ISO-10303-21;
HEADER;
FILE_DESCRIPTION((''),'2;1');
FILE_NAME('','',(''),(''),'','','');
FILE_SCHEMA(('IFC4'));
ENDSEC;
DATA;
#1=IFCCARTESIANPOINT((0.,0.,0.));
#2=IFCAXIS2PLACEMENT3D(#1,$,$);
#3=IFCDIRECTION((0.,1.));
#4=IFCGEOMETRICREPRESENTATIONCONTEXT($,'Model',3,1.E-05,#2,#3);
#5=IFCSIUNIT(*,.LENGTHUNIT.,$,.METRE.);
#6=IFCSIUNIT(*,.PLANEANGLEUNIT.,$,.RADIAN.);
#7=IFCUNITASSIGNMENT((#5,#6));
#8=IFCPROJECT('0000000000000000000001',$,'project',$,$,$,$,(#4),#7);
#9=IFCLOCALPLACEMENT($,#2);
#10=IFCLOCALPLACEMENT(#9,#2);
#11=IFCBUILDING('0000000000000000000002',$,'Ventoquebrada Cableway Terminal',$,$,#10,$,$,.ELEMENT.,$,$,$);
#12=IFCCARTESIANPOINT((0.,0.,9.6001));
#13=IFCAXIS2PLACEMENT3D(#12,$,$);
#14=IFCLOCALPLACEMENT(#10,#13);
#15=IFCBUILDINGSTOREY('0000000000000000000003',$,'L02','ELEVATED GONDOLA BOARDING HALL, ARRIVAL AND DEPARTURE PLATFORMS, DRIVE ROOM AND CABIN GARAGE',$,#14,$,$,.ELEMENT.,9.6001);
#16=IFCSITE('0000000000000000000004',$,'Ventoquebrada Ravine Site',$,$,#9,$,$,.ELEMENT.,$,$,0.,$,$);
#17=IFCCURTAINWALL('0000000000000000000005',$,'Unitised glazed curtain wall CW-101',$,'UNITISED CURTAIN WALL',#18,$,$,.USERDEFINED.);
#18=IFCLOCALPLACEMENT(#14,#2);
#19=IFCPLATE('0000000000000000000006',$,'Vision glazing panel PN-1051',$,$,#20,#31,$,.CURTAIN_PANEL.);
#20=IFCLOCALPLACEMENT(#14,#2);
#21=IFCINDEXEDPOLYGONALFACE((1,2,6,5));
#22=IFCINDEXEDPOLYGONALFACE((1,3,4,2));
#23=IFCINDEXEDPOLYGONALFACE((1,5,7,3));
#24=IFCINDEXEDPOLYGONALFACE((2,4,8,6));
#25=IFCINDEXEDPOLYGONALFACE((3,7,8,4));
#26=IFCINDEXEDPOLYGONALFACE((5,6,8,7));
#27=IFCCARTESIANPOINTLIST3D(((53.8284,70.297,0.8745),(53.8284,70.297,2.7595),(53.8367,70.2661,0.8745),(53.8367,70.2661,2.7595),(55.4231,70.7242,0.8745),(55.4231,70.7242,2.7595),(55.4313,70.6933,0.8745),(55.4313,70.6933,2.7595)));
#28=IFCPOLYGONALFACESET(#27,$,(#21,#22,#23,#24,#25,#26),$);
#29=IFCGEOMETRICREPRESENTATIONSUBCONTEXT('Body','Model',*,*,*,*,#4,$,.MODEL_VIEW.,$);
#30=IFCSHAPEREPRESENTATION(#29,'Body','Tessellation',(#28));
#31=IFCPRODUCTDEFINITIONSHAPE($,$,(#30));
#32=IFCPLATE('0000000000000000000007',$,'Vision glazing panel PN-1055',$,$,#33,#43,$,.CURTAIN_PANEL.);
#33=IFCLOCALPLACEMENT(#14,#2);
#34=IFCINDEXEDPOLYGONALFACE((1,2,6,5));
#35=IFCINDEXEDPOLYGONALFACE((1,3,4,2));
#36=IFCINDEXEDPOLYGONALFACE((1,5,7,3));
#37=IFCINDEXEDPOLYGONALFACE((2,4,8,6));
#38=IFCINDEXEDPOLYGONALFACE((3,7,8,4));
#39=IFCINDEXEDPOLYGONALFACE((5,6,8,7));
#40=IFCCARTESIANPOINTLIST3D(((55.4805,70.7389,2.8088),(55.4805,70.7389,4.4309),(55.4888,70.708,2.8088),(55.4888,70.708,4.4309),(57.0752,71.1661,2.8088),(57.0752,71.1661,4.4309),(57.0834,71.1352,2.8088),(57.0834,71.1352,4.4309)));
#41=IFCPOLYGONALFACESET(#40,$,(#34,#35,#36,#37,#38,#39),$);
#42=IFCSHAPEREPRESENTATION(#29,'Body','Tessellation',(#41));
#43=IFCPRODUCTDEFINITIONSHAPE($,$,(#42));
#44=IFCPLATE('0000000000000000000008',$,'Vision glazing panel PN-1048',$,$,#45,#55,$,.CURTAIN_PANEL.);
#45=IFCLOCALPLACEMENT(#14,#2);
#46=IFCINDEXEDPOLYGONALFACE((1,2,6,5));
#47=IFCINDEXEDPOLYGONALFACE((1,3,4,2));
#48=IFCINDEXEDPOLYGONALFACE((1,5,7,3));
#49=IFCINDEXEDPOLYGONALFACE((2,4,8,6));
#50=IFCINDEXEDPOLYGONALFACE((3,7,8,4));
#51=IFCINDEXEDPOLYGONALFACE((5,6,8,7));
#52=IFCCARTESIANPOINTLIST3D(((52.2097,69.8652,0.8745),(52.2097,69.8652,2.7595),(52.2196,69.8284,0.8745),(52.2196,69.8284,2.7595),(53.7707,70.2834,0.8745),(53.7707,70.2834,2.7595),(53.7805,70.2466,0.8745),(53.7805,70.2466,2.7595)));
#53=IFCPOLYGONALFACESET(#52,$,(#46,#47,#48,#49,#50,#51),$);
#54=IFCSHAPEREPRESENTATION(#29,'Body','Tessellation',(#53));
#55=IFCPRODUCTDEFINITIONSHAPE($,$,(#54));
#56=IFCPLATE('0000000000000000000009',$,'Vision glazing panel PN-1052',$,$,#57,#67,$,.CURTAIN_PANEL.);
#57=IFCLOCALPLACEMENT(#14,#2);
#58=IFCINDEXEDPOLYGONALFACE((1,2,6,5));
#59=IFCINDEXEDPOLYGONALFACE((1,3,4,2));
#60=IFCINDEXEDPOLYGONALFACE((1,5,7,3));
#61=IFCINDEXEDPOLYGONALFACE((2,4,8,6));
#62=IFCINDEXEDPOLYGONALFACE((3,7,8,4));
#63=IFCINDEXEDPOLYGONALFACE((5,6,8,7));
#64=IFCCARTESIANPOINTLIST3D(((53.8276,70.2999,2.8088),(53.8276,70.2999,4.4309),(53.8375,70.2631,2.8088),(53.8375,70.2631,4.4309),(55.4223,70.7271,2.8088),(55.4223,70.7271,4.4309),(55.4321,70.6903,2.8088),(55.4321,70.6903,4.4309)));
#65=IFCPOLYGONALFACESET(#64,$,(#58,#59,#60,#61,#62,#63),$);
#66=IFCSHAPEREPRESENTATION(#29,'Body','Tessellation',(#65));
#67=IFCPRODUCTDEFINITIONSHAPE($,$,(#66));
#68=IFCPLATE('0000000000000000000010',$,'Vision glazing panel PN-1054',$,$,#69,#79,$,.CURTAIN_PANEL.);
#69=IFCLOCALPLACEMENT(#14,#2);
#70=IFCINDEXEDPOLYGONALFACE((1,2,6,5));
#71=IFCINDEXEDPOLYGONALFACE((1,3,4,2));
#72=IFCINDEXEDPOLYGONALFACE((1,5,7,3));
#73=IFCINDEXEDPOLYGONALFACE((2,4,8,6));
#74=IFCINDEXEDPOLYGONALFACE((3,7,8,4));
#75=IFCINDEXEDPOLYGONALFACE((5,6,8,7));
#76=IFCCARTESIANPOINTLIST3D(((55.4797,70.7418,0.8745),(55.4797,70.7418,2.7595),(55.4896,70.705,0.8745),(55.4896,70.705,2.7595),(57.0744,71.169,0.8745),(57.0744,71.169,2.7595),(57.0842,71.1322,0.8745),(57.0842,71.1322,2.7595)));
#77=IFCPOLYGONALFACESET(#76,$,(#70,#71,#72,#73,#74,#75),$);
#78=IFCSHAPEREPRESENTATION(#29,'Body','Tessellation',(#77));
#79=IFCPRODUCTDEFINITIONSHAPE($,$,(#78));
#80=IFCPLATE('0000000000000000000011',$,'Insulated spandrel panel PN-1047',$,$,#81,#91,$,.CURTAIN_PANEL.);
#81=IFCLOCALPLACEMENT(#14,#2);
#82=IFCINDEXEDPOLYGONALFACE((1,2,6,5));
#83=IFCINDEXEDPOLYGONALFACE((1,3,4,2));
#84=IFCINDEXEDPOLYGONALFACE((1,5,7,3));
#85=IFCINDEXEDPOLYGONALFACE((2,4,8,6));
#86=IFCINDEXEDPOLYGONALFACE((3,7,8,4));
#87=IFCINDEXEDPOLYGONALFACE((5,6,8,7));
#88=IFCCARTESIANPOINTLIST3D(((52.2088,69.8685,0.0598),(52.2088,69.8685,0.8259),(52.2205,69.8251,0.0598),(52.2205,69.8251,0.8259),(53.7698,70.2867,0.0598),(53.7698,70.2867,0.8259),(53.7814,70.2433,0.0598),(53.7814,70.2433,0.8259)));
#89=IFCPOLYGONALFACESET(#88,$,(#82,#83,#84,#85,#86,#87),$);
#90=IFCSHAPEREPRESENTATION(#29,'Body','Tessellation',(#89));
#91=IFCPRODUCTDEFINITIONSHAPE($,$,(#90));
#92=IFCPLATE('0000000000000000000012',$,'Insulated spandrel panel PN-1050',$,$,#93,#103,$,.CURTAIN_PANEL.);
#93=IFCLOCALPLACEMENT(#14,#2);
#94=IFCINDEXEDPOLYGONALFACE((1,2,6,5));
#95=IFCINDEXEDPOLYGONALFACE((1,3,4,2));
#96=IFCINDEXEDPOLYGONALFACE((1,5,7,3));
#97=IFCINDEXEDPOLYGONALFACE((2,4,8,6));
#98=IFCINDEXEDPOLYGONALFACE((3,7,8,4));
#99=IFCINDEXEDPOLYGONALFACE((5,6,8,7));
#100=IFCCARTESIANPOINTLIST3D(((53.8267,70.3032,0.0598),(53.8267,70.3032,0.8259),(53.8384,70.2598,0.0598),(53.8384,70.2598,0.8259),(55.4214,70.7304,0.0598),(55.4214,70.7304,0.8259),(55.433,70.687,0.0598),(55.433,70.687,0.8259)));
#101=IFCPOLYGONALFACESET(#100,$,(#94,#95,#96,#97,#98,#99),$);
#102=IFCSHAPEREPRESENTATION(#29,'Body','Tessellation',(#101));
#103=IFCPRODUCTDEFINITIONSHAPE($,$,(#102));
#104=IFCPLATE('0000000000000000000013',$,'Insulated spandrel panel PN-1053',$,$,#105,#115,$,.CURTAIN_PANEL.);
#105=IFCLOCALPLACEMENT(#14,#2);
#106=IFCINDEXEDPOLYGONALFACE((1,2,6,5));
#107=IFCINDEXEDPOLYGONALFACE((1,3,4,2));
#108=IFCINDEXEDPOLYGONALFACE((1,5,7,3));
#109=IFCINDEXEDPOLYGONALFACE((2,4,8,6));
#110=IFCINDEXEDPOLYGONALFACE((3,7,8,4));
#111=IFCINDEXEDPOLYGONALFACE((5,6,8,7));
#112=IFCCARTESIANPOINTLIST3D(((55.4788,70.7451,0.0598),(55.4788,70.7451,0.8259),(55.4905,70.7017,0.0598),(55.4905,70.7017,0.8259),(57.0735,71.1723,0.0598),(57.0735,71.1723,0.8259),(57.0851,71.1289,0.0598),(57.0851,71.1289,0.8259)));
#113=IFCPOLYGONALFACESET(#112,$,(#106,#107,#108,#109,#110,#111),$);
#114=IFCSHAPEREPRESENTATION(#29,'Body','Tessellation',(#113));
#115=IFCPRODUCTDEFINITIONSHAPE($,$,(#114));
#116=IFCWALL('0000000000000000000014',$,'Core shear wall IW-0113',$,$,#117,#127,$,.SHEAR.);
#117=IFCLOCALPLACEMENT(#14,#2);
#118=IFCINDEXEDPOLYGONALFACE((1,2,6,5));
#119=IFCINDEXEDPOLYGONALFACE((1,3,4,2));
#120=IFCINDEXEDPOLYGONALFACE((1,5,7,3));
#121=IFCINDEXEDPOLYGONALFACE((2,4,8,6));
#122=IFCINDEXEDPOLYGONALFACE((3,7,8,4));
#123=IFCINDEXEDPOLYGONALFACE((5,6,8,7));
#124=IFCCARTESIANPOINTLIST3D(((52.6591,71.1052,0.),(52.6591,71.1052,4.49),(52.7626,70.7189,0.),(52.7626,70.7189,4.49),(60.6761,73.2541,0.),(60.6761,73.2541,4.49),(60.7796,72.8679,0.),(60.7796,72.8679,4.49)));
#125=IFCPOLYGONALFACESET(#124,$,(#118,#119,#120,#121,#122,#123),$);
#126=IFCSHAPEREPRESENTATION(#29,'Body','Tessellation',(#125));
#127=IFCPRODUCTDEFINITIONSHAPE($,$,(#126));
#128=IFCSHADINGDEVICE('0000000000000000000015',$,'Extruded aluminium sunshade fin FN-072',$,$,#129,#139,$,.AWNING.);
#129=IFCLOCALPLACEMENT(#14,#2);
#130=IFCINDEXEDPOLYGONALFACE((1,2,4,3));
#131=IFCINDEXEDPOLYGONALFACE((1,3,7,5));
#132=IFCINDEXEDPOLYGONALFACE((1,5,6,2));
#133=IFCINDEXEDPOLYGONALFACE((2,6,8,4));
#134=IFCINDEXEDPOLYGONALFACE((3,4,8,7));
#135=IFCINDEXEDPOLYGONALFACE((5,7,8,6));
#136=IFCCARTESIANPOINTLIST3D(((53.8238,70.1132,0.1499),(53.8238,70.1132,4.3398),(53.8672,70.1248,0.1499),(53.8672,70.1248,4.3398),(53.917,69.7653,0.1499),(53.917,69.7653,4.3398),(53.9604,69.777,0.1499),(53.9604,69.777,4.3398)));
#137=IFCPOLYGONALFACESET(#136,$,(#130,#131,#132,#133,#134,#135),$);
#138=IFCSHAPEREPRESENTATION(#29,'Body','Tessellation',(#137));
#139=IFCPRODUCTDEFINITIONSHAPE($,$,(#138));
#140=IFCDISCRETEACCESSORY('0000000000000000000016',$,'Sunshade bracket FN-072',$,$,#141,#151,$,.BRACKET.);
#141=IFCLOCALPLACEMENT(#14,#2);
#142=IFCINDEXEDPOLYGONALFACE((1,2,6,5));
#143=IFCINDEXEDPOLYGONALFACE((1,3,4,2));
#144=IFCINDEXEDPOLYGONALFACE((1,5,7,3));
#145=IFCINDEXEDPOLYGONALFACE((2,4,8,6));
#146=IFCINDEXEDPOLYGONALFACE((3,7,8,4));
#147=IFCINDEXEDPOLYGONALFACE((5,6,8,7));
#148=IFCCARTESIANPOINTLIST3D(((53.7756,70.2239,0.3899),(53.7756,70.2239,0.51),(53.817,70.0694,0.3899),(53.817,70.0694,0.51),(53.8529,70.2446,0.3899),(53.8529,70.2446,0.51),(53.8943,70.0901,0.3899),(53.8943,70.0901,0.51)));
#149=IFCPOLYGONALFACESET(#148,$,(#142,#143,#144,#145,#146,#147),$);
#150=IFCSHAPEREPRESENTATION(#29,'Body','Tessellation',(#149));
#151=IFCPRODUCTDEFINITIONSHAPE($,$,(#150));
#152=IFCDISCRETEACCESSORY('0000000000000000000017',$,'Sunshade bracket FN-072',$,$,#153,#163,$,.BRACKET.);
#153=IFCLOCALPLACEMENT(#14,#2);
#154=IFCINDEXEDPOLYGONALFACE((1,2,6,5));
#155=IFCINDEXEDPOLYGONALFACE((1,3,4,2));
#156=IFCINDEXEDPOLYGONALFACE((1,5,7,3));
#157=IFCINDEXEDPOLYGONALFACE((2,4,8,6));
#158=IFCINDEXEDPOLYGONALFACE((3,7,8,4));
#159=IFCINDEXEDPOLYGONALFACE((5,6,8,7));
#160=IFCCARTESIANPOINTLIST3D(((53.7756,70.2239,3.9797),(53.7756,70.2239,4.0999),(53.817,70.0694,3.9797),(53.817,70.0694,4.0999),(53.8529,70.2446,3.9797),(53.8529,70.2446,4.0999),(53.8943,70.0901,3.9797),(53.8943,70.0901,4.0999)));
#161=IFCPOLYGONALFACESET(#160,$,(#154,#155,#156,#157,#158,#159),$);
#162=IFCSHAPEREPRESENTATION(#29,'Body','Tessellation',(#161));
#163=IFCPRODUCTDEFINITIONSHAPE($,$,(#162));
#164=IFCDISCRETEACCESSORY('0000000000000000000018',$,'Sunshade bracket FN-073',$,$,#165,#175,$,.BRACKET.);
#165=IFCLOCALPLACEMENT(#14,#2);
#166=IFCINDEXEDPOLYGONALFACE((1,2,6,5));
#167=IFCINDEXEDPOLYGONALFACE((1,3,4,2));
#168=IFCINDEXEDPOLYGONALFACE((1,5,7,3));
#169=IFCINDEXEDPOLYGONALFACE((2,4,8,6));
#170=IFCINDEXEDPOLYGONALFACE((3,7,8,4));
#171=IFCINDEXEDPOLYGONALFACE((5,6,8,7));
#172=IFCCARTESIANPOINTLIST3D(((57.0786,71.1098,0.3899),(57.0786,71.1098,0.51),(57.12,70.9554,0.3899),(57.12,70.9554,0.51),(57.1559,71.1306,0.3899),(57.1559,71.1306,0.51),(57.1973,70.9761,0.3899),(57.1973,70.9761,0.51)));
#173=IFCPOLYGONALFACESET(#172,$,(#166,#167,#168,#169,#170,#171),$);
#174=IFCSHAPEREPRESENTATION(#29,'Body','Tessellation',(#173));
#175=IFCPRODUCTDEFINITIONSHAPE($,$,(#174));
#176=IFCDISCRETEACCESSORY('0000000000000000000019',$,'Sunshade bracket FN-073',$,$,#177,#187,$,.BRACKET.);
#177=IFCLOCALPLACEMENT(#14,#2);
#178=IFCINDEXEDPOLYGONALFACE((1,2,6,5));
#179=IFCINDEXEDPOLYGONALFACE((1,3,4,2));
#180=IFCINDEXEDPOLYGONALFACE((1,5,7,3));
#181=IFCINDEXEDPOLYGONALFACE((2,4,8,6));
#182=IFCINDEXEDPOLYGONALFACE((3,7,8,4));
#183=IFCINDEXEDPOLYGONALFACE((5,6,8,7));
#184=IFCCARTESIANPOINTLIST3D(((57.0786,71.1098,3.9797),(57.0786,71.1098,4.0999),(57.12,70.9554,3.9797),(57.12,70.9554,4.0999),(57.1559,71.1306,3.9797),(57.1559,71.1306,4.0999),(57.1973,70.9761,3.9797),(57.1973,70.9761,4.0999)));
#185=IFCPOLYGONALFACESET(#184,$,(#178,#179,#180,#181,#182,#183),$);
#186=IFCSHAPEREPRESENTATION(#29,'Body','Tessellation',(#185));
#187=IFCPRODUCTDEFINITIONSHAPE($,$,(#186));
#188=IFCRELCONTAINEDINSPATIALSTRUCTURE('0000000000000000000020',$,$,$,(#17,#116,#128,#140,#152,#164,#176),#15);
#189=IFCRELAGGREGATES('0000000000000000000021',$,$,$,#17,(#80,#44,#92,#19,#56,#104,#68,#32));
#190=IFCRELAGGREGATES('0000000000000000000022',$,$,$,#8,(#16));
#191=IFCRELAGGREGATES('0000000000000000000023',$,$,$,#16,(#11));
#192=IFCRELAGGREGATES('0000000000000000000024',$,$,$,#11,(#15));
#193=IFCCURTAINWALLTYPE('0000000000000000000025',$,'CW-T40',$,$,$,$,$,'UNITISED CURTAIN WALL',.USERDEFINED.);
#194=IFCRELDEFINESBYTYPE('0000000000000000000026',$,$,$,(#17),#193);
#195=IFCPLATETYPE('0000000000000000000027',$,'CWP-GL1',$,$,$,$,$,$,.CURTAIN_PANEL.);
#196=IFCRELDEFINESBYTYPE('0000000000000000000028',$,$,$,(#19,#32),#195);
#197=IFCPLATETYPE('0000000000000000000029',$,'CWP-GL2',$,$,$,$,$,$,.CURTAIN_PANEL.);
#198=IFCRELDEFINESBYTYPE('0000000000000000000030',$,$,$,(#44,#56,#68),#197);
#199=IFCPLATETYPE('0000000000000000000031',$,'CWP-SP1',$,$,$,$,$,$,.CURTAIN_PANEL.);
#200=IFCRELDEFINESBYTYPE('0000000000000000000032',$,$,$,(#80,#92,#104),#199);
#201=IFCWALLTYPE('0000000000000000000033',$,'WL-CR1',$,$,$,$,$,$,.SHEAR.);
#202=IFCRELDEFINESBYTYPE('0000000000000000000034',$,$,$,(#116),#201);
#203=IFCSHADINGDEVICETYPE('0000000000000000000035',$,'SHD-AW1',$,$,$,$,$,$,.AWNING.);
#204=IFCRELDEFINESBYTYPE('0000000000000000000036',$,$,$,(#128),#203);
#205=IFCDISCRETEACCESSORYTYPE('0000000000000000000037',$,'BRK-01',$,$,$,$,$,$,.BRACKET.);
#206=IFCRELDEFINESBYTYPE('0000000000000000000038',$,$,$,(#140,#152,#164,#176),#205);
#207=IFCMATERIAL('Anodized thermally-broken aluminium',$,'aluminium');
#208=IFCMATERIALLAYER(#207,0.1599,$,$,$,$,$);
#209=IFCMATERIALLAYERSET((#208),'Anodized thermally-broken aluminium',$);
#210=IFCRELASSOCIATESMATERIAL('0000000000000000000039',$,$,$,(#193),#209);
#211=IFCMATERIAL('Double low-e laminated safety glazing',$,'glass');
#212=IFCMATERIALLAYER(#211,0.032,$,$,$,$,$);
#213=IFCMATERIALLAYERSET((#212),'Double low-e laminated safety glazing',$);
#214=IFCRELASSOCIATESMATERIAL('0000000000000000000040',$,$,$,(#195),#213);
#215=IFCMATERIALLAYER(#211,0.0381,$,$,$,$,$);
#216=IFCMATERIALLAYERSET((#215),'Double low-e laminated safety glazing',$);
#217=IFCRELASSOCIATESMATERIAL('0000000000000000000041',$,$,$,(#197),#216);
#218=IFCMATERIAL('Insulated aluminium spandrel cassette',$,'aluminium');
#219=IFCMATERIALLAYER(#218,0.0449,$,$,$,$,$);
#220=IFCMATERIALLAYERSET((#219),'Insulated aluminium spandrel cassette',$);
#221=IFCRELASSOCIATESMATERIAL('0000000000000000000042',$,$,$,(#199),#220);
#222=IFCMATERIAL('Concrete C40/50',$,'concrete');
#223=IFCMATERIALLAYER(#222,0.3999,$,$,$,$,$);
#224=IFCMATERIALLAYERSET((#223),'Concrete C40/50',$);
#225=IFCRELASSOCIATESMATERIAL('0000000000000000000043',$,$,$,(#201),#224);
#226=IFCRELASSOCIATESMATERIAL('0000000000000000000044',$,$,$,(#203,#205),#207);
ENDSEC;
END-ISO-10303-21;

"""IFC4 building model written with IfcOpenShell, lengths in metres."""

from ifc_helpers import new_model, si_unit, direction, frame, frame_2d, origin, origin_2d, place, context, subcontext, project, spatial, rectangle, extrude, material, layer, layer_set, type_object, element, aggregate, save


model = new_model("IFC4")

# Units and contexts
model_context = context("Model", 3, precision=1e-05, world=origin(), true_north=direction((0.0, 1.0)))
body_context = subcontext(model_context, "Body", "Model", "MODEL_VIEW")
ifc_project = project(units=[si_unit("LENGTHUNIT", "METRE"), si_unit("PLANEANGLEUNIT", "RADIAN")], contexts=[model_context])

# Site, building, storey
site_placement = place(None, origin())
site = spatial("IfcSite", under=ifc_project, at=site_placement, Name="Ventoquebrada Ravine Site", CompositionType="ELEMENT", RefElevation=0.0)
building_placement = place(site_placement, origin())
building = spatial("IfcBuilding", under=site, at=building_placement, Name="Ventoquebrada Cableway Terminal", CompositionType="ELEMENT")
storey_placement = place(building_placement, frame((0.0, 0.0, 9.6001)))
storey = spatial("IfcBuildingStorey", under=building, at=storey_placement, Name="L02", Description="ELEVATED GONDOLA BOARDING HALL, ARRIVAL AND DEPARTURE PLATFORMS, DRIVE ROOM AND CABIN GARAGE", CompositionType="ELEMENT", Elevation=9.6001)

# Curtain wall
ifc_material_1 = material(Name="Anodized thermally-broken aluminium", Category="aluminium")
ifc_layer_1 = layer(ifc_material_1, 0.1599)
ifc_layer_set_1 = layer_set([ifc_layer_1], Name="Anodized thermally-broken aluminium")
curtain_wall_type = type_object("IfcCurtainWallType", Name="CW-T40", ElementType="UNITISED CURTAIN WALL", PredefinedType="USERDEFINED", material=ifc_layer_set_1)
curtain_wall_placement = place(storey_placement, origin())
curtain_wall = element("IfcCurtainWall", 1, at=curtain_wall_placement, inside=storey, type_object=curtain_wall_type, Name="Unitised glazed curtain wall CW-101", ObjectType="UNITISED CURTAIN WALL", PredefinedType="USERDEFINED")

# Plates
ifc_material_2 = material(Name="Double low-e laminated safety glazing", Category="glass")
ifc_layer_2 = layer(ifc_material_2, 0.032)
ifc_layer_set_2 = layer_set([ifc_layer_2], Name="Double low-e laminated safety glazing")
plate_type_1 = type_object("IfcPlateType", Name="CWP-GL1", PredefinedType="CURTAIN_PANEL", material=ifc_layer_set_2)
plate_1_placement = place(storey_placement, frame((54.6299, 70.4951, 0.8745), z_axis=(0.0, 0.0, 1.0), x_axis=(0.965939, 0.258768, 0.0)))
plate_1 = element("IfcPlate", 2, at=plate_1_placement, type_object=plate_type_1, Name="Vision glazing panel PN-1051", PredefinedType="CURTAIN_PANEL", context=body_context, shape_type="SweptSolid", body=[
    extrude(rectangle(XDim=1.6509, YDim=0.032, at=origin_2d()), origin(), (0.0, 0.0, 1.0), 1.885),
])
plate_2_placement = place(storey_placement, frame((56.282, 70.937, 2.8088), z_axis=(0.0, 0.0, 1.0), x_axis=(0.965939, 0.258768, 0.0)))
plate_2 = element("IfcPlate", 3, at=plate_2_placement, type_object=plate_type_1, Name="Vision glazing panel PN-1055", PredefinedType="CURTAIN_PANEL", context=body_context, shape_type="SweptSolid", body=[
    extrude(rectangle(XDim=1.6509, YDim=0.032, at=origin_2d()), origin(), (0.0, 0.0, 1.0), 1.6221),
])
ifc_layer_3 = layer(ifc_material_2, 0.0381)
ifc_layer_set_3 = layer_set([ifc_layer_3], Name="Double low-e laminated safety glazing")
plate_type_2 = type_object("IfcPlateType", Name="CWP-GL2", PredefinedType="CURTAIN_PANEL", material=ifc_layer_set_3)
plate_3_placement = place(storey_placement, frame((52.9951, 70.0559, 0.8745), z_axis=(0.0, 0.0, 1.0), x_axis=(0.965939, 0.258768, 0.0)))
plate_3 = element("IfcPlate", 4, at=plate_3_placement, type_object=plate_type_2, Name="Vision glazing panel PN-1048", PredefinedType="CURTAIN_PANEL", context=body_context, shape_type="SweptSolid", body=[
    extrude(rectangle(XDim=1.616, YDim=0.0381, at=origin_2d()), origin(), (0.0, 0.0, 1.0), 1.885),
])
plate_4_placement = place(storey_placement, frame((54.6299, 70.4951, 2.8088), z_axis=(0.0, 0.0, 1.0), x_axis=(0.965939, 0.258768, 0.0)))
plate_4 = element("IfcPlate", 5, at=plate_4_placement, type_object=plate_type_2, Name="Vision glazing panel PN-1052", PredefinedType="CURTAIN_PANEL", context=body_context, shape_type="SweptSolid", body=[
    extrude(rectangle(XDim=1.6509, YDim=0.0381, at=origin_2d()), origin(), (0.0, 0.0, 1.0), 1.6221),
])
plate_5_placement = place(storey_placement, frame((56.282, 70.937, 0.8745), z_axis=(0.0, 0.0, 1.0), x_axis=(0.965939, 0.258768, 0.0)))
plate_5 = element("IfcPlate", 6, at=plate_5_placement, type_object=plate_type_2, Name="Vision glazing panel PN-1054", PredefinedType="CURTAIN_PANEL", context=body_context, shape_type="SweptSolid", body=[
    extrude(rectangle(XDim=1.6509, YDim=0.0381, at=origin_2d()), origin(), (0.0, 0.0, 1.0), 1.885),
])
ifc_material_3 = material(Name="Insulated aluminium spandrel cassette", Category="aluminium")
ifc_layer_4 = layer(ifc_material_3, 0.0449)
ifc_layer_set_4 = layer_set([ifc_layer_4], Name="Insulated aluminium spandrel cassette")
plate_type_3 = type_object("IfcPlateType", Name="CWP-SP1", PredefinedType="CURTAIN_PANEL", material=ifc_layer_set_4)
plate_6_placement = place(storey_placement, frame((52.9951, 70.0559, 0.0598), z_axis=(0.0, 0.0, 1.0), x_axis=(0.965939, 0.258768, 0.0)))
plate_6 = element("IfcPlate", 7, at=plate_6_placement, type_object=plate_type_3, Name="Insulated spandrel panel PN-1047", PredefinedType="CURTAIN_PANEL", context=body_context, shape_type="SweptSolid", body=[
    extrude(rectangle(XDim=1.616, YDim=0.0449, at=origin_2d()), origin(), (0.0, 0.0, 1.0), 0.7661),
])
plate_7_placement = place(storey_placement, frame((54.6299, 70.4951, 0.0598), z_axis=(0.0, 0.0, 1.0), x_axis=(0.965939, 0.258768, 0.0)))
plate_7 = element("IfcPlate", 8, at=plate_7_placement, type_object=plate_type_3, Name="Insulated spandrel panel PN-1050", PredefinedType="CURTAIN_PANEL", context=body_context, shape_type="SweptSolid", body=[
    extrude(rectangle(XDim=1.6509, YDim=0.0449, at=origin_2d()), origin(), (0.0, 0.0, 1.0), 0.7661),
])
plate_8_placement = place(storey_placement, frame((56.282, 70.937, 0.0598), z_axis=(0.0, 0.0, 1.0), x_axis=(0.965939, 0.258768, 0.0)))
plate_8 = element("IfcPlate", 9, at=plate_8_placement, type_object=plate_type_3, Name="Insulated spandrel panel PN-1053", PredefinedType="CURTAIN_PANEL", context=body_context, shape_type="SweptSolid", body=[
    extrude(rectangle(XDim=1.6509, YDim=0.0449, at=origin_2d()), origin(), (0.0, 0.0, 1.0), 0.7661),
])
aggregate(curtain_wall, [plate_6, plate_3, plate_7, plate_1, plate_4, plate_8, plate_5, plate_2])

# Wall
ifc_material_4 = material(Name="Concrete C40/50", Category="concrete")
ifc_layer_5 = layer(ifc_material_4, 0.3999)
ifc_layer_set_5 = layer_set([ifc_layer_5], Name="Concrete C40/50")
wall_type = type_object("IfcWallType", Name="WL-CR1", PredefinedType="SHEAR", material=ifc_layer_set_5)
wall_placement = place(storey_placement, frame((52.7109, 70.9121, 0.0), z_axis=(0.0, 0.0, 1.0), x_axis=(0.965903, 0.258904, 0.0)))
element("IfcWall", 10, at=wall_placement, inside=storey, type_object=wall_type, Name="Core shear wall IW-0113", PredefinedType="SHEAR", context=body_context, shape_type="SweptSolid", body=[
    extrude(rectangle(XDim=8.3, YDim=0.3999, at=frame_2d((4.1499, 0.0))), origin(), (0.0, 0.0, 1.0), 4.49),
])

# Shading device
shading_device_type = type_object("IfcShadingDeviceType", Name="SHD-AW1", PredefinedType="AWNING", material=ifc_material_1)
shading_device_placement = place(storey_placement, frame((53.8921, 69.9451, 0.1499), z_axis=(0.0, 0.0, 1.0), x_axis=(0.965939, 0.258768, 0.0)))
element("IfcShadingDevice", 11, at=shading_device_placement, inside=storey, type_object=shading_device_type, Name="Extruded aluminium sunshade fin FN-072", PredefinedType="AWNING", context=body_context, shape_type="SweptSolid", body=[
    extrude(rectangle(XDim=0.0449, YDim=0.3601, at=origin_2d()), origin(), (0.0, 0.0, 1.0), 4.1899),
])

# Discrete accessories
discrete_accessory_type = type_object("IfcDiscreteAccessoryType", Name="BRK-01", PredefinedType="BRACKET", material=ifc_material_1)
for number, where, z_axis, x_axis, name in (
    (12, (53.835, 70.157, 0.3899), (0.0, 0.0, 1.0), (0.965939, 0.258768, 0.0), "Sunshade bracket FN-072"),
    (13, (53.835, 70.157, 3.9797), (0.0, 0.0, 1.0), (0.965939, 0.258768, 0.0), "Sunshade bracket FN-072"),
    (14, (57.1379, 71.043, 0.3899), (0.0, 0.0, 1.0), (0.965939, 0.258768, 0.0), "Sunshade bracket FN-073"),
    (15, (57.1379, 71.043, 3.9797), (0.0, 0.0, 1.0), (0.965939, 0.258768, 0.0), "Sunshade bracket FN-073"),
):
    element("IfcDiscreteAccessory", number, at=place(storey_placement, frame(where, z_axis=z_axis, x_axis=x_axis)), inside=storey, type_object=discrete_accessory_type, Name=name, PredefinedType="BRACKET", context=body_context, shape_type="SweptSolid", body=[
        extrude(rectangle(XDim=0.0801, YDim=0.1599, at=origin_2d()), origin(), (0.0, 0.0, 1.0), 0.1201),
    ])

save(model, "model.ifc")
